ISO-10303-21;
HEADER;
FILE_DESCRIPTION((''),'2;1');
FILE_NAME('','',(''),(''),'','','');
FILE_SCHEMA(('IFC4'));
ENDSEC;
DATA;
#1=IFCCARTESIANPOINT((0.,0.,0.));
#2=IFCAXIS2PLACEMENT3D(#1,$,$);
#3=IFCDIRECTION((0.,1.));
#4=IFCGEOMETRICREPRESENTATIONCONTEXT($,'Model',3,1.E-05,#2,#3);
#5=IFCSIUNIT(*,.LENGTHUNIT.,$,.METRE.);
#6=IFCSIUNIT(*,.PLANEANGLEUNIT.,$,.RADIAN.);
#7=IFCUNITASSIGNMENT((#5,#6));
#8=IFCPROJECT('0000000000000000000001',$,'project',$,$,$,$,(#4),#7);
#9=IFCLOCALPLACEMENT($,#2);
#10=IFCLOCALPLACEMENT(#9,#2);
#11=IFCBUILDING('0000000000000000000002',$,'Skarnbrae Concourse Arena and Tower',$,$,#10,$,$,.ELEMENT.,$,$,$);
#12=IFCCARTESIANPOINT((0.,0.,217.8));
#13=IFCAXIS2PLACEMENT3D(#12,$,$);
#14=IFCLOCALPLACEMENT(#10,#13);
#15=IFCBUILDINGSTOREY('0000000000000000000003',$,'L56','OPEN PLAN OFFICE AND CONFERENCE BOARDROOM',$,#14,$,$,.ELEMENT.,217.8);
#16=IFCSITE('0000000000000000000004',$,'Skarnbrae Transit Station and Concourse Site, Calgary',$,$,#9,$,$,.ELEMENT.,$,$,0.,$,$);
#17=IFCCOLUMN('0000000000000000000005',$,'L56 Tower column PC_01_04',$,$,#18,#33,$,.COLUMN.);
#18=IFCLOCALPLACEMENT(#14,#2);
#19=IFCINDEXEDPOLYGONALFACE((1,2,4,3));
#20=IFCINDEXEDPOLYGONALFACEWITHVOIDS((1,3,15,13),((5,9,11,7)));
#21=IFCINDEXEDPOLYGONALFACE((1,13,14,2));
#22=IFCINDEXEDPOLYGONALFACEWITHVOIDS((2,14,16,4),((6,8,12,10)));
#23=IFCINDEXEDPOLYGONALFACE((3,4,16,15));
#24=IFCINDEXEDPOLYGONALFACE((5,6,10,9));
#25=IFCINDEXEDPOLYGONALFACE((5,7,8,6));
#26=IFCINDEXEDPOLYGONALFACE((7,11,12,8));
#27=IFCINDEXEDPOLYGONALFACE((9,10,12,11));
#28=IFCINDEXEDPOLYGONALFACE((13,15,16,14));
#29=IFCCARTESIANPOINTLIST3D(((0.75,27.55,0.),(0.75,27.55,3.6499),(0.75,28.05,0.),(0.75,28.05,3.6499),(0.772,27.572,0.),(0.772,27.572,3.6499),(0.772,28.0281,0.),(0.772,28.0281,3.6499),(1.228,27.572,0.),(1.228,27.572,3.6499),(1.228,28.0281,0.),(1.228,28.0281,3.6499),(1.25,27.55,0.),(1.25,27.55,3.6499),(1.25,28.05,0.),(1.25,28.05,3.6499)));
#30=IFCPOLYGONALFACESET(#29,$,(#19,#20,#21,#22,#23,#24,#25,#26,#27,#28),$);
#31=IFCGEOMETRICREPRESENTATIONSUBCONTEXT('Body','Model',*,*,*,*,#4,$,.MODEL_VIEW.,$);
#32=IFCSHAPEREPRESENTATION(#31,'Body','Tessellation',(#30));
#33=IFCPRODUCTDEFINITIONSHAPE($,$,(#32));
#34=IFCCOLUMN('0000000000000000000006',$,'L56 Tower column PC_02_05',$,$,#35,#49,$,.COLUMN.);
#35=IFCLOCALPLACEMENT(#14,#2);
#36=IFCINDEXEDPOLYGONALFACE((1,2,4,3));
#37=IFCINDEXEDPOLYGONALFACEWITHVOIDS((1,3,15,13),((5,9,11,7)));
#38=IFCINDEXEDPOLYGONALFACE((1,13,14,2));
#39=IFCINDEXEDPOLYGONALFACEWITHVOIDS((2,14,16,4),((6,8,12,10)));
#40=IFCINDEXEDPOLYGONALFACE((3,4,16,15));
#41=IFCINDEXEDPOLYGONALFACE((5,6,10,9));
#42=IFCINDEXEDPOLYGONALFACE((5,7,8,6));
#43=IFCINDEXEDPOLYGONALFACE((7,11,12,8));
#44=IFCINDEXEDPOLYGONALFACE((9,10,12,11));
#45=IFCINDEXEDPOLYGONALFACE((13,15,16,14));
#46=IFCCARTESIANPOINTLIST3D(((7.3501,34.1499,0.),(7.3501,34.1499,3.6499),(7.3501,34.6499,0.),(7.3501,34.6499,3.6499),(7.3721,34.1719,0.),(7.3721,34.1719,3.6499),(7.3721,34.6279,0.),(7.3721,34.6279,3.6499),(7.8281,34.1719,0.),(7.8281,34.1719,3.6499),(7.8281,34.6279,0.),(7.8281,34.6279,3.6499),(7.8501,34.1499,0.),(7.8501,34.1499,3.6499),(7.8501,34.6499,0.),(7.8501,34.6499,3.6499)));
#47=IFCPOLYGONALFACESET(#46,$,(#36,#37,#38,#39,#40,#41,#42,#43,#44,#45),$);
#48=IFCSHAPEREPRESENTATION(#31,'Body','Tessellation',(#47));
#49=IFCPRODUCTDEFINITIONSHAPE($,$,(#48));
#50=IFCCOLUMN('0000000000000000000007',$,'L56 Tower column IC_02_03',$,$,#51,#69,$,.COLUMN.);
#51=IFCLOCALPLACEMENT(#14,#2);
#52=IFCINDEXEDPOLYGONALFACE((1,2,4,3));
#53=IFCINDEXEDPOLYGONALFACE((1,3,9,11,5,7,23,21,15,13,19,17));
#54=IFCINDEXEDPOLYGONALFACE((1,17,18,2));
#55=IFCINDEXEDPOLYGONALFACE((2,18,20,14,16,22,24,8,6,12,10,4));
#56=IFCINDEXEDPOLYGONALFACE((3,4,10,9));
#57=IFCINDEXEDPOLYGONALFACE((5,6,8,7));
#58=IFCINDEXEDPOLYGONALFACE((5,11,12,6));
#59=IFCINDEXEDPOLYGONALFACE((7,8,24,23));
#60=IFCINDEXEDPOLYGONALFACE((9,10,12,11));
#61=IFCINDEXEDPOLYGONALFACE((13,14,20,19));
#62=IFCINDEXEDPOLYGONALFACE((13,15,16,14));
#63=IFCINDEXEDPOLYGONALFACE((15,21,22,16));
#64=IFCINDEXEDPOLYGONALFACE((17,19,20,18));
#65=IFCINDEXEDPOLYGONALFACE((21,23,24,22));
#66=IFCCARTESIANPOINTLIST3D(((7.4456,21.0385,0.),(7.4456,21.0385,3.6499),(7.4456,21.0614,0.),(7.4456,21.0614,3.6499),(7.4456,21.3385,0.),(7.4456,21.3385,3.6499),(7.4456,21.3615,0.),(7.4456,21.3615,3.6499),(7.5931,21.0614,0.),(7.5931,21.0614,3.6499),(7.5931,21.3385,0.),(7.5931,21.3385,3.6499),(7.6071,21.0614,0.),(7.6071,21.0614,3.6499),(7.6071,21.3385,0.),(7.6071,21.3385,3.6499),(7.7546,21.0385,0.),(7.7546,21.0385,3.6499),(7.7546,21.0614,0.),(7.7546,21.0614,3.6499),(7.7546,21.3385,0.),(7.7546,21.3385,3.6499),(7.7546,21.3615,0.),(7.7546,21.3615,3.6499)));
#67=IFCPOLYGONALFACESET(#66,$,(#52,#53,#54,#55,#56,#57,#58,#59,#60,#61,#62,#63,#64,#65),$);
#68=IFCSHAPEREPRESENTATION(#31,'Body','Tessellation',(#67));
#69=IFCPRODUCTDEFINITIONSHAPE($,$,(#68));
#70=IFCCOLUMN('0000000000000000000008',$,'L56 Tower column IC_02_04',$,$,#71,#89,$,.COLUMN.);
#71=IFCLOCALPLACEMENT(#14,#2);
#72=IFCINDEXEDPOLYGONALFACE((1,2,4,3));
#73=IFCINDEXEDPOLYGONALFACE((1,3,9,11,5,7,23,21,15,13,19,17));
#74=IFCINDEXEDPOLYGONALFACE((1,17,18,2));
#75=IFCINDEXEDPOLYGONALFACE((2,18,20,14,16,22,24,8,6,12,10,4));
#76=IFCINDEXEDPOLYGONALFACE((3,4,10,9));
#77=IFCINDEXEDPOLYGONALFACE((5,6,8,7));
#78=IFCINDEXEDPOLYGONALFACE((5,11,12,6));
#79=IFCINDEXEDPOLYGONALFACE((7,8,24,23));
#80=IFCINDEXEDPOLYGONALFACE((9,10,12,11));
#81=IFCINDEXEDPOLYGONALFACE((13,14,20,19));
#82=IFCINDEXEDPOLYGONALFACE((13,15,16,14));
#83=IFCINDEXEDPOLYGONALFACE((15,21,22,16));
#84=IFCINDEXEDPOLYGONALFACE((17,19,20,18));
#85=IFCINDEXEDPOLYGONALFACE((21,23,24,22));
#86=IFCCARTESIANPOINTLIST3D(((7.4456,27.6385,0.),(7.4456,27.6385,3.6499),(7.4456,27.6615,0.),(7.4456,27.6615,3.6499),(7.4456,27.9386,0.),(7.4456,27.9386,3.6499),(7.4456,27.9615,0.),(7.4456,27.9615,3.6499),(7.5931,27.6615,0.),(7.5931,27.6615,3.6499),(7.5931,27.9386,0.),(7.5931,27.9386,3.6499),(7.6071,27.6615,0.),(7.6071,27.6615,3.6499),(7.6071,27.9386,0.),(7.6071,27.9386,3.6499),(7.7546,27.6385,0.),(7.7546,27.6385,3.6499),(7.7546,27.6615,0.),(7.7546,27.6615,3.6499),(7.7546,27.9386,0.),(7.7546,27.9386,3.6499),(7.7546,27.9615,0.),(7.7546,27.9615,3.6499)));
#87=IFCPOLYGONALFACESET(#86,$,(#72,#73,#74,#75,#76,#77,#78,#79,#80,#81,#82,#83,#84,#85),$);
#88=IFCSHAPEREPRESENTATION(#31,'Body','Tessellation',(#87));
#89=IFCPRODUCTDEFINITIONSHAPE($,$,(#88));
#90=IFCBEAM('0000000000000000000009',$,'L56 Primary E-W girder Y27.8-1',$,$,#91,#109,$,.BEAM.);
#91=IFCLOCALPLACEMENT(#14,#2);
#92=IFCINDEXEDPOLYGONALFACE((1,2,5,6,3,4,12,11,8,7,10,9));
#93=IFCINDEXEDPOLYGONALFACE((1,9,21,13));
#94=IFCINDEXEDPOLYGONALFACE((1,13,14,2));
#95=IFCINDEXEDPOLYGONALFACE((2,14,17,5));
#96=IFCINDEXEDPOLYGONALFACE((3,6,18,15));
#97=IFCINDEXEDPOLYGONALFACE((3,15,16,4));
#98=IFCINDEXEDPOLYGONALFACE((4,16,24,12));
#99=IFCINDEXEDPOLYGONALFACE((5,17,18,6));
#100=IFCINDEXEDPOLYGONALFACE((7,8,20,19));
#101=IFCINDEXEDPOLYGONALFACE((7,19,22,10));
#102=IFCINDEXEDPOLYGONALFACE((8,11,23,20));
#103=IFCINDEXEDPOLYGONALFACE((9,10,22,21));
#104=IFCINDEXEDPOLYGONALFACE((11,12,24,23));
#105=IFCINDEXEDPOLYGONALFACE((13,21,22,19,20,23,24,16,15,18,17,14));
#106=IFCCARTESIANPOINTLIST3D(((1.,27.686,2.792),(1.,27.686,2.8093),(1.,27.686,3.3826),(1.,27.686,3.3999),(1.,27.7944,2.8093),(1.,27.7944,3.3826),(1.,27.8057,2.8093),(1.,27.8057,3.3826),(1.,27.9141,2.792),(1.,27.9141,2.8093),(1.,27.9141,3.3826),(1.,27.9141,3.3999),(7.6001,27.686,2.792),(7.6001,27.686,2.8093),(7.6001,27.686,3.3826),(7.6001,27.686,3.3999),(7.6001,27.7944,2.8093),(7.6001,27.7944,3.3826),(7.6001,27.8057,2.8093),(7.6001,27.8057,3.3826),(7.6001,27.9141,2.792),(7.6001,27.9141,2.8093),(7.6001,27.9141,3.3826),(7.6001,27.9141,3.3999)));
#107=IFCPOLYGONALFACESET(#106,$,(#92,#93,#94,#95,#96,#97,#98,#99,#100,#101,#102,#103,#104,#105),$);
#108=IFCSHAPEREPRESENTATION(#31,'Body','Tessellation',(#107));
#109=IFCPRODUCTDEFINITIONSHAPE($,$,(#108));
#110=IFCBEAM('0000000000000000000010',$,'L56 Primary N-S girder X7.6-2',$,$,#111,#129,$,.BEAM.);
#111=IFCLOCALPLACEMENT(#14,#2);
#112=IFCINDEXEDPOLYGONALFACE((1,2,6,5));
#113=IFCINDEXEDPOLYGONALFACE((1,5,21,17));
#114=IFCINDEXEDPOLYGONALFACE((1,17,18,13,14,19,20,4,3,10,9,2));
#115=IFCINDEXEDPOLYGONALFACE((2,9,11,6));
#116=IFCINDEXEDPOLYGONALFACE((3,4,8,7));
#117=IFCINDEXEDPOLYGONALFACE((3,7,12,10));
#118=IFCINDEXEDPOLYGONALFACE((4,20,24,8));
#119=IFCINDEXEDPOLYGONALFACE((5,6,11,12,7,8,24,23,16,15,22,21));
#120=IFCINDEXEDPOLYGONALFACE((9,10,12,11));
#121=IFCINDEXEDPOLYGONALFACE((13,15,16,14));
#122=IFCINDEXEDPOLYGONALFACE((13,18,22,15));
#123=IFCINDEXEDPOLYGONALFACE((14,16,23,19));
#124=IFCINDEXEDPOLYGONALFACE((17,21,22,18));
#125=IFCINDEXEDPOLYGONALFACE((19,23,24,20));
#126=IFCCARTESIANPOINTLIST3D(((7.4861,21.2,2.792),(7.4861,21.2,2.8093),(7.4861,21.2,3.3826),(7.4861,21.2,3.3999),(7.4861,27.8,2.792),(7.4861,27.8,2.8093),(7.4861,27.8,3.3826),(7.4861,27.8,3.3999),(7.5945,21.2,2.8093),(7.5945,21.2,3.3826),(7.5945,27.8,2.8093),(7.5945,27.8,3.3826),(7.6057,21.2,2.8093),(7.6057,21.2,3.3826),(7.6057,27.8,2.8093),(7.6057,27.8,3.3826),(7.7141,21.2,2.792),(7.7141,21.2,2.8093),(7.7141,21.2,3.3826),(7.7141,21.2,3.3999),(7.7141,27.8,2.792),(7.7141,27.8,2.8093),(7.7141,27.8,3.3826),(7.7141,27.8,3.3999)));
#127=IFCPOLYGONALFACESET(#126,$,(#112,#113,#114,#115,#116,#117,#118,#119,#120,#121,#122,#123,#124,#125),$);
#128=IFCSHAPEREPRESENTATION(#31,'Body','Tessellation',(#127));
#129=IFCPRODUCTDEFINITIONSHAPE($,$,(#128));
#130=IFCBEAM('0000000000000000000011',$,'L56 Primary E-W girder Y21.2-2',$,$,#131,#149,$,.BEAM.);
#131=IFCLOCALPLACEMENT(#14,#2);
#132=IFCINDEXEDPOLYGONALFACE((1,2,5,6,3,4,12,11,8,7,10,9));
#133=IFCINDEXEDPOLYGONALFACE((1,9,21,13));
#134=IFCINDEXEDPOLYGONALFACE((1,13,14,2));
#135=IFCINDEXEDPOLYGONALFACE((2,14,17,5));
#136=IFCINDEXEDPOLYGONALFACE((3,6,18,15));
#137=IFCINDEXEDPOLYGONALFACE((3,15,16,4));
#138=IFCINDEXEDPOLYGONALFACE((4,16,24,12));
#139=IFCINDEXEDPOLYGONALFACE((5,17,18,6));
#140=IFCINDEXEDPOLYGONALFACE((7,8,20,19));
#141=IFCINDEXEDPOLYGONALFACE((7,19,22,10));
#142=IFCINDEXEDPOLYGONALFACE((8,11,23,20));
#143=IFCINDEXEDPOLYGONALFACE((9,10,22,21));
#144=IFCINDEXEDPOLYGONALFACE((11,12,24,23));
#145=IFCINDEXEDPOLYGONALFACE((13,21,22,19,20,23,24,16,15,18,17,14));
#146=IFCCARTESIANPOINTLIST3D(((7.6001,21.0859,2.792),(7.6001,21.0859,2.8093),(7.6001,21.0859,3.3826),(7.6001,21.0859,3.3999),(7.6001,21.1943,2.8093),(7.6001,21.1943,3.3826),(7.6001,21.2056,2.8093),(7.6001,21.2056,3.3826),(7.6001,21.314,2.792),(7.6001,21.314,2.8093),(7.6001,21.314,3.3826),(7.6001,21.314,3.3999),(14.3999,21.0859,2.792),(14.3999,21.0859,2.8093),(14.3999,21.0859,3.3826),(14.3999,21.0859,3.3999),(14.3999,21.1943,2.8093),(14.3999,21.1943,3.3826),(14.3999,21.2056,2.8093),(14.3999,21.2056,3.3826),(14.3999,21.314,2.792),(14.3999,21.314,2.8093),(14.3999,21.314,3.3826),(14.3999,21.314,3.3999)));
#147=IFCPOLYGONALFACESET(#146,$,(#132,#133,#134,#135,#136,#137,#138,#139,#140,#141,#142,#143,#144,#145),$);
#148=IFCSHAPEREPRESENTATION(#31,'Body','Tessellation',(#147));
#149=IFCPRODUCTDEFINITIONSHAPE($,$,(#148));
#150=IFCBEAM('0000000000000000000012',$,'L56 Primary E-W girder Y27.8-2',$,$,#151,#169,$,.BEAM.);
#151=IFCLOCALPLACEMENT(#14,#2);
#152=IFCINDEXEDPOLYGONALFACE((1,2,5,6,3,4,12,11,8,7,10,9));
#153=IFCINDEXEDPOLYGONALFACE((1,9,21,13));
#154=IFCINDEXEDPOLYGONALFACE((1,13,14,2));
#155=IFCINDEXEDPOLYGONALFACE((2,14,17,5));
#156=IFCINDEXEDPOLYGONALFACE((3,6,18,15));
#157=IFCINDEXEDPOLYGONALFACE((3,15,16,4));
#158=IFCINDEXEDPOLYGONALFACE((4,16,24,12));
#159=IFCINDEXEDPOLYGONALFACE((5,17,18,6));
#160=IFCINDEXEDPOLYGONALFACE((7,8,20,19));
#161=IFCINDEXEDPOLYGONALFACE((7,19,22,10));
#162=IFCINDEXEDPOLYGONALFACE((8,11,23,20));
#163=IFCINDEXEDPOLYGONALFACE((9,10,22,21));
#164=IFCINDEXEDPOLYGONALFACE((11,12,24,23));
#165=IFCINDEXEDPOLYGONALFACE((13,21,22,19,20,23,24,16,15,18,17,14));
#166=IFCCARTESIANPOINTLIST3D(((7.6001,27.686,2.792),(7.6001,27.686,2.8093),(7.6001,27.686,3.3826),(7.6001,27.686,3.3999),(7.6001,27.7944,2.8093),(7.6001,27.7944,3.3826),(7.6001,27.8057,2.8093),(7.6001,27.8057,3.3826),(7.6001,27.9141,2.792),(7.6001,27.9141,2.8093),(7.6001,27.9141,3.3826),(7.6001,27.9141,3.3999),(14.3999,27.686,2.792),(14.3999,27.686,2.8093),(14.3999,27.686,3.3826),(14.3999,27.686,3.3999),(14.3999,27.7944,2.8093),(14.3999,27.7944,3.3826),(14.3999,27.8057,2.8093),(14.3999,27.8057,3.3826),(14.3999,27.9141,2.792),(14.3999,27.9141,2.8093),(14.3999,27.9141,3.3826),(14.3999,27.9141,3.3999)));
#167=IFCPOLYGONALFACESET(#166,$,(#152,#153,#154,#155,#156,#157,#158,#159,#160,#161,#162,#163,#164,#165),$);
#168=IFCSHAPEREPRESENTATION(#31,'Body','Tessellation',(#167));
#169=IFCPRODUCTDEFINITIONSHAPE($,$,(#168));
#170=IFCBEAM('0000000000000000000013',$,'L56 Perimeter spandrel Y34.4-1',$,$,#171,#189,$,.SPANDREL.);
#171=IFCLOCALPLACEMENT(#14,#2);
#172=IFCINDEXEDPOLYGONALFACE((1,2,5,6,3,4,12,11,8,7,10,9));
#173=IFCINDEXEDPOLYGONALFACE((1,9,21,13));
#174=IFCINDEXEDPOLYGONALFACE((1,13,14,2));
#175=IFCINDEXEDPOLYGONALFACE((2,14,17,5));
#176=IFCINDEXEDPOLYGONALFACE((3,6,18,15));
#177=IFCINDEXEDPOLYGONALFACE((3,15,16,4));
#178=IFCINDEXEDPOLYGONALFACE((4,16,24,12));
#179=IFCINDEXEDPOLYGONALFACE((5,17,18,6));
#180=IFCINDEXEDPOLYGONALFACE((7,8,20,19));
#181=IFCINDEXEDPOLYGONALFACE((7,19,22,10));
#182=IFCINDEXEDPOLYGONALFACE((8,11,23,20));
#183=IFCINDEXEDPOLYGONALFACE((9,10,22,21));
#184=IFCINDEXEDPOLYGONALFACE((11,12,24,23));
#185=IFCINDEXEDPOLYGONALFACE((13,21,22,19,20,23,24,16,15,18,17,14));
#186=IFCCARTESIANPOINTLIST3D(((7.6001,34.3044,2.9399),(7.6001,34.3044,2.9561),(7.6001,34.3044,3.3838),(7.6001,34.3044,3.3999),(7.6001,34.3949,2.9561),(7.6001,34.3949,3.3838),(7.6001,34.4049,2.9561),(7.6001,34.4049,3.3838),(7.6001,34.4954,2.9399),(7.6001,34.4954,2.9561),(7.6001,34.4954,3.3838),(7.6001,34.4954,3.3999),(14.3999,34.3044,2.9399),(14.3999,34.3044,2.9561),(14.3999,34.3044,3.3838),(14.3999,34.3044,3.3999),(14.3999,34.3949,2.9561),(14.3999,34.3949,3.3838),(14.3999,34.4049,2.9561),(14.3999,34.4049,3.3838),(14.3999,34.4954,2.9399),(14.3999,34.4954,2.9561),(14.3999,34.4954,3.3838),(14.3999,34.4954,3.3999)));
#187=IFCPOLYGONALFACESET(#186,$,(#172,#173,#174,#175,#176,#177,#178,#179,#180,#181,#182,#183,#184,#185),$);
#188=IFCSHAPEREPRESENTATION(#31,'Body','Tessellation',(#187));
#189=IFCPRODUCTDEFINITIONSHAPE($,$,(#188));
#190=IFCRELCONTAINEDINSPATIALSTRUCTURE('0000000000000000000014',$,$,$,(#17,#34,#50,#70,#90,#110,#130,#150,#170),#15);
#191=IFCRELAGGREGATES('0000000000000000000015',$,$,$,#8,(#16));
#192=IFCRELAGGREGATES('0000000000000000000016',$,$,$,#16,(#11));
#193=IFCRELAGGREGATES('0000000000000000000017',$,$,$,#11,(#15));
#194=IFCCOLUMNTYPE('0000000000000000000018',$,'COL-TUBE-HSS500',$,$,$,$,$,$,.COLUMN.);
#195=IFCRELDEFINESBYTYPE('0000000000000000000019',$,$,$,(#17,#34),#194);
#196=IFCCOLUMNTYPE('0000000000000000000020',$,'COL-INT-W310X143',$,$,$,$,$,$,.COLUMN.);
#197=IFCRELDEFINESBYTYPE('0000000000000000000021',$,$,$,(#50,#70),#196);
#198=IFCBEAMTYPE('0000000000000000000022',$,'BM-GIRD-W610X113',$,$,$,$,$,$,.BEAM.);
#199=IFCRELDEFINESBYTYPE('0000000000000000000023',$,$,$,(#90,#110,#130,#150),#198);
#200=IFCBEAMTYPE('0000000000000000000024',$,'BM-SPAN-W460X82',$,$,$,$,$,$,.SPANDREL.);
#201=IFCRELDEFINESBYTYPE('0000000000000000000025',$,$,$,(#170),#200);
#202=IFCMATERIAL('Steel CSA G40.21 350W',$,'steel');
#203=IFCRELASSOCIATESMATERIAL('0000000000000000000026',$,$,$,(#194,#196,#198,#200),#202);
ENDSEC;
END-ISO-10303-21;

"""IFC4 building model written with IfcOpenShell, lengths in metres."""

from ifc_helpers import new_model, si_unit, direction, frame, origin, origin_2d, place, context, subcontext, project, spatial, hollow_rectangle, i_section, extrude, source, transform, mapped, material, material_profile, profile_set, type_object, element, save


model = new_model("IFC4")

# Units and contexts
model_context = context("Model", 3, precision=1e-05, world=origin(), true_north=direction((0.0, 1.0)))
body_context = subcontext(model_context, "Body", "Model", "MODEL_VIEW")
ifc_project = project(units=[si_unit("LENGTHUNIT", "METRE"), si_unit("PLANEANGLEUNIT", "RADIAN")], contexts=[model_context])

# Site, building, storey
site_placement = place(None, origin())
site = spatial("IfcSite", under=ifc_project, at=site_placement, Name="Skarnbrae Transit Station and Concourse Site, Calgary", CompositionType="ELEMENT", RefElevation=0.0)
building_placement = place(site_placement, origin())
building = spatial("IfcBuilding", under=site, at=building_placement, Name="Skarnbrae Concourse Arena and Tower", CompositionType="ELEMENT")
storey_placement = place(building_placement, frame((0.0, 0.0, 217.8)))
storey = spatial("IfcBuildingStorey", under=building, at=storey_placement, Name="L56", Description="OPEN PLAN OFFICE AND CONFERENCE BOARDROOM", CompositionType="ELEMENT", Elevation=217.8)

# Columns
ifc_material_1 = material(Name="Steel CSA G40.21 350W", Category="steel")
ifc_material_profile_1 = material_profile(ifc_material_1, hollow_rectangle(XDim=0.5, YDim=0.5, WallThickness=0.022, at=origin_2d()), Name="HSS500X500X22.0")
ifc_profile_set_1 = profile_set([ifc_material_profile_1], Name="Steel CSA G40.21 350W")
column_type_1 = type_object("IfcColumnType", Name="COL-TUBE-HSS500", PredefinedType="COLUMN", material=ifc_profile_set_1)
shared_shape_1 = source(origin(), body_context, "Body", "SweptSolid", [
    extrude(hollow_rectangle(XDim=0.5, YDim=0.5, WallThickness=0.022, at=origin_2d()), origin(), (0.0, 0.0, 1.0), 3.6499),
])
for number, where, z_axis, x_axis, name in (
    (1, (1.0, 27.8, 0.0), (0.0, 0.0, 1.0), (1.0, 0.0, 0.0), "L56 Tower column PC_01_04"),
    (2, (7.6001, 34.3999, 0.0), (0.0, 0.0, 1.0), (1.0, 0.0, 0.0), "L56 Tower column PC_02_05"),
):
    element("IfcColumn", number, at=place(storey_placement, frame(where, z_axis=z_axis, x_axis=x_axis)), inside=storey, type_object=column_type_1, Name=name, PredefinedType="COLUMN", context=body_context, shape_type="MappedRepresentation", body=[
        mapped(shared_shape_1, transform((0.0, 0.0, 0.0))),
    ])
ifc_material_profile_2 = material_profile(ifc_material_1, i_section(OverallWidth=0.3091, OverallDepth=0.323, WebThickness=0.0139, FlangeThickness=0.0229, at=origin_2d()), Name="W310X143")
ifc_profile_set_2 = profile_set([ifc_material_profile_2], Name="Steel CSA G40.21 350W")
column_type_2 = type_object("IfcColumnType", Name="COL-INT-W310X143", PredefinedType="COLUMN", material=ifc_profile_set_2)
shared_shape_2 = source(origin(), body_context, "Body", "SweptSolid", [
    extrude(i_section(OverallWidth=0.3091, OverallDepth=0.323, WebThickness=0.0139, FlangeThickness=0.0229, at=origin_2d()), origin(), (0.0, 0.0, 1.0), 3.6499),
])
for number, where, z_axis, x_axis, name in (
    (3, (7.6001, 21.2, 0.0), (0.0, 0.0, 1.0), (1.0, 0.0, 0.0), "L56 Tower column IC_02_03"),
    (4, (7.6001, 27.8, 0.0), (0.0, 0.0, 1.0), (1.0, 0.0, 0.0), "L56 Tower column IC_02_04"),
):
    element("IfcColumn", number, at=place(storey_placement, frame(where, z_axis=z_axis, x_axis=x_axis)), inside=storey, type_object=column_type_2, Name=name, PredefinedType="COLUMN", context=body_context, shape_type="MappedRepresentation", body=[
        mapped(shared_shape_2, transform((0.0, 0.0, 0.0))),
    ])

# Beams
ifc_material_profile_3 = material_profile(ifc_material_1, i_section(OverallWidth=0.228, OverallDepth=0.6079, WebThickness=0.0112, FlangeThickness=0.0173, at=origin_2d()), Name="W610X113")
ifc_profile_set_3 = profile_set([ifc_material_profile_3], Name="Steel CSA G40.21 350W")
beam_type_1 = type_object("IfcBeamType", Name="BM-GIRD-W610X113", PredefinedType="BEAM", material=ifc_profile_set_3)
shared_shape_3 = source(origin(), body_context, "Body", "SweptSolid", [
    extrude(i_section(OverallWidth=0.228, OverallDepth=0.6079, WebThickness=0.0112, FlangeThickness=0.0173, at=origin_2d()), origin(), (0.0, 0.0, 1.0), 6.6001),
])
for number, where, z_axis, x_axis, name in (
    (5, (1.0, 27.8, 3.0959), (1.0, 0.0, 0.0), (0.0, 1.0, 0.0), "L56 Primary E-W girder Y27.8-1"),
    (6, (7.6001, 21.2, 3.0959), (0.0, 1.0, 0.0), (-1.0, 0.0, 0.0), "L56 Primary N-S girder X7.6-2"),
):
    element("IfcBeam", number, at=place(storey_placement, frame(where, z_axis=z_axis, x_axis=x_axis)), inside=storey, type_object=beam_type_1, Name=name, PredefinedType="BEAM", context=body_context, shape_type="MappedRepresentation", body=[
        mapped(shared_shape_3, transform((0.0, 0.0, 0.0))),
    ])
shared_shape_4 = source(origin(), body_context, "Body", "SweptSolid", [
    extrude(i_section(OverallWidth=0.228, OverallDepth=0.6079, WebThickness=0.0112, FlangeThickness=0.0173, at=origin_2d()), origin(), (0.0, 0.0, 1.0), 6.7998),
])
for number, where, z_axis, x_axis, name in (
    (7, (7.6001, 21.2, 3.0959), (1.0, 0.0, 0.0), (0.0, 1.0, 0.0), "L56 Primary E-W girder Y21.2-2"),
    (8, (7.6001, 27.8, 3.0959), (1.0, 0.0, 0.0), (0.0, 1.0, 0.0), "L56 Primary E-W girder Y27.8-2"),
):
    element("IfcBeam", number, at=place(storey_placement, frame(where, z_axis=z_axis, x_axis=x_axis)), inside=storey, type_object=beam_type_1, Name=name, PredefinedType="BEAM", context=body_context, shape_type="MappedRepresentation", body=[
        mapped(shared_shape_4, transform((0.0, 0.0, 0.0))),
    ])
ifc_material_profile_4 = material_profile(ifc_material_1, i_section(OverallWidth=0.1909, OverallDepth=0.46, WebThickness=0.01, FlangeThickness=0.0161, at=origin_2d()), Name="W460X82")
ifc_profile_set_4 = profile_set([ifc_material_profile_4], Name="Steel CSA G40.21 350W")
beam_type_2 = type_object("IfcBeamType", Name="BM-SPAN-W460X82", PredefinedType="SPANDREL", material=ifc_profile_set_4)
shared_shape_5 = source(origin(), body_context, "Body", "SweptSolid", [
    extrude(i_section(OverallWidth=0.1909, OverallDepth=0.46, WebThickness=0.01, FlangeThickness=0.0161, at=origin_2d()), origin(), (0.0, 0.0, 1.0), 6.7998),
])
beam_1_placement = place(storey_placement, frame((7.6001, 34.3999, 3.1699), z_axis=(1.0, 0.0, 0.0), x_axis=(0.0, 1.0, 0.0)))
element("IfcBeam", 9, at=beam_1_placement, inside=storey, type_object=beam_type_2, Name="L56 Perimeter spandrel Y34.4-1", PredefinedType="SPANDREL", context=body_context, shape_type="MappedRepresentation", body=[
    mapped(shared_shape_5, transform((0.0, 0.0, 0.0))),
])

save(model, "model.ifc")
